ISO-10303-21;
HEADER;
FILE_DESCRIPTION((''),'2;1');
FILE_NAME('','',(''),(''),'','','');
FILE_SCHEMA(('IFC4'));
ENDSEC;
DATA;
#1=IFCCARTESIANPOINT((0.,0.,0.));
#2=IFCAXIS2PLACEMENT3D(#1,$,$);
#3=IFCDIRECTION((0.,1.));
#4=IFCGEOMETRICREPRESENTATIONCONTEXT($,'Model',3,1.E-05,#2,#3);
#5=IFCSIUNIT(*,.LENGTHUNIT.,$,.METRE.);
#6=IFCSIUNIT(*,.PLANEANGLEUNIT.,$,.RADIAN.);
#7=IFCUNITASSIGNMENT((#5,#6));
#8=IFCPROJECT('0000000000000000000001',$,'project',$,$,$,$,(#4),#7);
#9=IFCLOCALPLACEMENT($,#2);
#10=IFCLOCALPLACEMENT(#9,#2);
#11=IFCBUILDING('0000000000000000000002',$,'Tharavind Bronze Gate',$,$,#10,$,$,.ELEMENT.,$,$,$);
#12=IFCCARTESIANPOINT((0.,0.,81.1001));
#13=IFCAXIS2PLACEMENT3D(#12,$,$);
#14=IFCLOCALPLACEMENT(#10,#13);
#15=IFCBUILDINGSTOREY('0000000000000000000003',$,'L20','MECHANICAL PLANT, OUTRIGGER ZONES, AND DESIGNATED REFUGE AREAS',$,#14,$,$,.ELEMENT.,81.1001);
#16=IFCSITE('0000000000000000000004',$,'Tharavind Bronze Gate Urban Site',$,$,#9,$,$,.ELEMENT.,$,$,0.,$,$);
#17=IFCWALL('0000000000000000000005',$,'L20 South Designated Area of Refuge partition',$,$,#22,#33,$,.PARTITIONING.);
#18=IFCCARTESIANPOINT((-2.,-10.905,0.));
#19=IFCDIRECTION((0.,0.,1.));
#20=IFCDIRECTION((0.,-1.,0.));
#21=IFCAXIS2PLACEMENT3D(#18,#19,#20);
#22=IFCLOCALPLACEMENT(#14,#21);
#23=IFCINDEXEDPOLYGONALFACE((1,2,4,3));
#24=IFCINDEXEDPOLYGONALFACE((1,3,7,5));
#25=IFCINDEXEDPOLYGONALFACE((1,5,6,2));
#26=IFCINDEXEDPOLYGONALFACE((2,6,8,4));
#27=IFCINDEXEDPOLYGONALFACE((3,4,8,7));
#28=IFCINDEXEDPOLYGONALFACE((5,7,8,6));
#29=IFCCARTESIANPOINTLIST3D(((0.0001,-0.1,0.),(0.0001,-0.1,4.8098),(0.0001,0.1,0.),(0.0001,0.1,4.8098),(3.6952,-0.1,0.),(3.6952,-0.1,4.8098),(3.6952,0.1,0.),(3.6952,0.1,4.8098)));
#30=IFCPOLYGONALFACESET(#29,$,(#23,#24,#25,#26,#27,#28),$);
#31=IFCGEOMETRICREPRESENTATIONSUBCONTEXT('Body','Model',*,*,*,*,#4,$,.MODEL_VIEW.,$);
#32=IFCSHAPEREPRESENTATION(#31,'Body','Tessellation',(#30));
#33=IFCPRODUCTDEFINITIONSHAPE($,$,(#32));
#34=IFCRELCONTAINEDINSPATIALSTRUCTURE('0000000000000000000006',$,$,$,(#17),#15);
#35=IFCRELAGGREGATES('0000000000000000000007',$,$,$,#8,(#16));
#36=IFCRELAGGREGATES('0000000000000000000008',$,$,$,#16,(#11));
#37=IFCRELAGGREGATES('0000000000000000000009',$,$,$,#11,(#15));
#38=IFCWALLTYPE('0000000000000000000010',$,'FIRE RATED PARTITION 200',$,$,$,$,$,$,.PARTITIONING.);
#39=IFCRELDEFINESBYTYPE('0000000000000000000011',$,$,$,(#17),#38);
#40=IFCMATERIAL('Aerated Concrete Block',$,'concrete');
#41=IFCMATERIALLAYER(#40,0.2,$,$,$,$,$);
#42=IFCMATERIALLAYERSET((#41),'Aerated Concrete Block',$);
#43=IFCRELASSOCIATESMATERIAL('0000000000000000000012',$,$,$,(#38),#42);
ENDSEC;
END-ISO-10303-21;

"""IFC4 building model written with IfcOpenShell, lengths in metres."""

from ifc_helpers import new_model, si_unit, direction, frame, frame_2d, origin, place, context, subcontext, project, spatial, rectangle, extrude, material, layer, layer_set, type_object, element, save


model = new_model("IFC4")

# Units and contexts
model_context = context("Model", 3, precision=1e-05, world=origin(), true_north=direction((0.0, 1.0)))
body_context = subcontext(model_context, "Body", "Model", "MODEL_VIEW")
ifc_project = project(units=[si_unit("LENGTHUNIT", "METRE"), si_unit("PLANEANGLEUNIT", "RADIAN")], contexts=[model_context])

# Site, building, storey
site_placement = place(None, origin())
site = spatial("IfcSite", under=ifc_project, at=site_placement, Name="Tharavind Bronze Gate Urban Site", CompositionType="ELEMENT", RefElevation=0.0)
building_placement = place(site_placement, origin())
building = spatial("IfcBuilding", under=site, at=building_placement, Name="Tharavind Bronze Gate", CompositionType="ELEMENT")
storey_placement = place(building_placement, frame((0.0, 0.0, 81.1001)))
storey = spatial("IfcBuildingStorey", under=building, at=storey_placement, Name="L20", Description="MECHANICAL PLANT, OUTRIGGER ZONES, AND DESIGNATED REFUGE AREAS", CompositionType="ELEMENT", Elevation=81.1001)

# Wall
ifc_material_1 = material(Name="Aerated Concrete Block", Category="concrete")
ifc_layer_1 = layer(ifc_material_1, 0.2)
ifc_layer_set_1 = layer_set([ifc_layer_1], Name="Aerated Concrete Block")
wall_type_1 = type_object("IfcWallType", Name="FIRE RATED PARTITION 200", PredefinedType="PARTITIONING", material=ifc_layer_set_1)
wall_1_placement = place(storey_placement, frame((-2.0, -10.905, 0.0), z_axis=(0.0, 0.0, 1.0), x_axis=(0.0, -1.0, 0.0)))
element("IfcWall", 1, at=wall_1_placement, inside=storey, type_object=wall_type_1, Name="L20 South Designated Area of Refuge partition", PredefinedType="PARTITIONING", context=body_context, shape_type="SweptSolid", body=[
    extrude(rectangle(XDim=3.6951, YDim=0.2, at=frame_2d((1.8477, 0.0))), origin(), (0.0, 0.0, 1.0), 4.8098),
])

save(model, "model.ifc")
